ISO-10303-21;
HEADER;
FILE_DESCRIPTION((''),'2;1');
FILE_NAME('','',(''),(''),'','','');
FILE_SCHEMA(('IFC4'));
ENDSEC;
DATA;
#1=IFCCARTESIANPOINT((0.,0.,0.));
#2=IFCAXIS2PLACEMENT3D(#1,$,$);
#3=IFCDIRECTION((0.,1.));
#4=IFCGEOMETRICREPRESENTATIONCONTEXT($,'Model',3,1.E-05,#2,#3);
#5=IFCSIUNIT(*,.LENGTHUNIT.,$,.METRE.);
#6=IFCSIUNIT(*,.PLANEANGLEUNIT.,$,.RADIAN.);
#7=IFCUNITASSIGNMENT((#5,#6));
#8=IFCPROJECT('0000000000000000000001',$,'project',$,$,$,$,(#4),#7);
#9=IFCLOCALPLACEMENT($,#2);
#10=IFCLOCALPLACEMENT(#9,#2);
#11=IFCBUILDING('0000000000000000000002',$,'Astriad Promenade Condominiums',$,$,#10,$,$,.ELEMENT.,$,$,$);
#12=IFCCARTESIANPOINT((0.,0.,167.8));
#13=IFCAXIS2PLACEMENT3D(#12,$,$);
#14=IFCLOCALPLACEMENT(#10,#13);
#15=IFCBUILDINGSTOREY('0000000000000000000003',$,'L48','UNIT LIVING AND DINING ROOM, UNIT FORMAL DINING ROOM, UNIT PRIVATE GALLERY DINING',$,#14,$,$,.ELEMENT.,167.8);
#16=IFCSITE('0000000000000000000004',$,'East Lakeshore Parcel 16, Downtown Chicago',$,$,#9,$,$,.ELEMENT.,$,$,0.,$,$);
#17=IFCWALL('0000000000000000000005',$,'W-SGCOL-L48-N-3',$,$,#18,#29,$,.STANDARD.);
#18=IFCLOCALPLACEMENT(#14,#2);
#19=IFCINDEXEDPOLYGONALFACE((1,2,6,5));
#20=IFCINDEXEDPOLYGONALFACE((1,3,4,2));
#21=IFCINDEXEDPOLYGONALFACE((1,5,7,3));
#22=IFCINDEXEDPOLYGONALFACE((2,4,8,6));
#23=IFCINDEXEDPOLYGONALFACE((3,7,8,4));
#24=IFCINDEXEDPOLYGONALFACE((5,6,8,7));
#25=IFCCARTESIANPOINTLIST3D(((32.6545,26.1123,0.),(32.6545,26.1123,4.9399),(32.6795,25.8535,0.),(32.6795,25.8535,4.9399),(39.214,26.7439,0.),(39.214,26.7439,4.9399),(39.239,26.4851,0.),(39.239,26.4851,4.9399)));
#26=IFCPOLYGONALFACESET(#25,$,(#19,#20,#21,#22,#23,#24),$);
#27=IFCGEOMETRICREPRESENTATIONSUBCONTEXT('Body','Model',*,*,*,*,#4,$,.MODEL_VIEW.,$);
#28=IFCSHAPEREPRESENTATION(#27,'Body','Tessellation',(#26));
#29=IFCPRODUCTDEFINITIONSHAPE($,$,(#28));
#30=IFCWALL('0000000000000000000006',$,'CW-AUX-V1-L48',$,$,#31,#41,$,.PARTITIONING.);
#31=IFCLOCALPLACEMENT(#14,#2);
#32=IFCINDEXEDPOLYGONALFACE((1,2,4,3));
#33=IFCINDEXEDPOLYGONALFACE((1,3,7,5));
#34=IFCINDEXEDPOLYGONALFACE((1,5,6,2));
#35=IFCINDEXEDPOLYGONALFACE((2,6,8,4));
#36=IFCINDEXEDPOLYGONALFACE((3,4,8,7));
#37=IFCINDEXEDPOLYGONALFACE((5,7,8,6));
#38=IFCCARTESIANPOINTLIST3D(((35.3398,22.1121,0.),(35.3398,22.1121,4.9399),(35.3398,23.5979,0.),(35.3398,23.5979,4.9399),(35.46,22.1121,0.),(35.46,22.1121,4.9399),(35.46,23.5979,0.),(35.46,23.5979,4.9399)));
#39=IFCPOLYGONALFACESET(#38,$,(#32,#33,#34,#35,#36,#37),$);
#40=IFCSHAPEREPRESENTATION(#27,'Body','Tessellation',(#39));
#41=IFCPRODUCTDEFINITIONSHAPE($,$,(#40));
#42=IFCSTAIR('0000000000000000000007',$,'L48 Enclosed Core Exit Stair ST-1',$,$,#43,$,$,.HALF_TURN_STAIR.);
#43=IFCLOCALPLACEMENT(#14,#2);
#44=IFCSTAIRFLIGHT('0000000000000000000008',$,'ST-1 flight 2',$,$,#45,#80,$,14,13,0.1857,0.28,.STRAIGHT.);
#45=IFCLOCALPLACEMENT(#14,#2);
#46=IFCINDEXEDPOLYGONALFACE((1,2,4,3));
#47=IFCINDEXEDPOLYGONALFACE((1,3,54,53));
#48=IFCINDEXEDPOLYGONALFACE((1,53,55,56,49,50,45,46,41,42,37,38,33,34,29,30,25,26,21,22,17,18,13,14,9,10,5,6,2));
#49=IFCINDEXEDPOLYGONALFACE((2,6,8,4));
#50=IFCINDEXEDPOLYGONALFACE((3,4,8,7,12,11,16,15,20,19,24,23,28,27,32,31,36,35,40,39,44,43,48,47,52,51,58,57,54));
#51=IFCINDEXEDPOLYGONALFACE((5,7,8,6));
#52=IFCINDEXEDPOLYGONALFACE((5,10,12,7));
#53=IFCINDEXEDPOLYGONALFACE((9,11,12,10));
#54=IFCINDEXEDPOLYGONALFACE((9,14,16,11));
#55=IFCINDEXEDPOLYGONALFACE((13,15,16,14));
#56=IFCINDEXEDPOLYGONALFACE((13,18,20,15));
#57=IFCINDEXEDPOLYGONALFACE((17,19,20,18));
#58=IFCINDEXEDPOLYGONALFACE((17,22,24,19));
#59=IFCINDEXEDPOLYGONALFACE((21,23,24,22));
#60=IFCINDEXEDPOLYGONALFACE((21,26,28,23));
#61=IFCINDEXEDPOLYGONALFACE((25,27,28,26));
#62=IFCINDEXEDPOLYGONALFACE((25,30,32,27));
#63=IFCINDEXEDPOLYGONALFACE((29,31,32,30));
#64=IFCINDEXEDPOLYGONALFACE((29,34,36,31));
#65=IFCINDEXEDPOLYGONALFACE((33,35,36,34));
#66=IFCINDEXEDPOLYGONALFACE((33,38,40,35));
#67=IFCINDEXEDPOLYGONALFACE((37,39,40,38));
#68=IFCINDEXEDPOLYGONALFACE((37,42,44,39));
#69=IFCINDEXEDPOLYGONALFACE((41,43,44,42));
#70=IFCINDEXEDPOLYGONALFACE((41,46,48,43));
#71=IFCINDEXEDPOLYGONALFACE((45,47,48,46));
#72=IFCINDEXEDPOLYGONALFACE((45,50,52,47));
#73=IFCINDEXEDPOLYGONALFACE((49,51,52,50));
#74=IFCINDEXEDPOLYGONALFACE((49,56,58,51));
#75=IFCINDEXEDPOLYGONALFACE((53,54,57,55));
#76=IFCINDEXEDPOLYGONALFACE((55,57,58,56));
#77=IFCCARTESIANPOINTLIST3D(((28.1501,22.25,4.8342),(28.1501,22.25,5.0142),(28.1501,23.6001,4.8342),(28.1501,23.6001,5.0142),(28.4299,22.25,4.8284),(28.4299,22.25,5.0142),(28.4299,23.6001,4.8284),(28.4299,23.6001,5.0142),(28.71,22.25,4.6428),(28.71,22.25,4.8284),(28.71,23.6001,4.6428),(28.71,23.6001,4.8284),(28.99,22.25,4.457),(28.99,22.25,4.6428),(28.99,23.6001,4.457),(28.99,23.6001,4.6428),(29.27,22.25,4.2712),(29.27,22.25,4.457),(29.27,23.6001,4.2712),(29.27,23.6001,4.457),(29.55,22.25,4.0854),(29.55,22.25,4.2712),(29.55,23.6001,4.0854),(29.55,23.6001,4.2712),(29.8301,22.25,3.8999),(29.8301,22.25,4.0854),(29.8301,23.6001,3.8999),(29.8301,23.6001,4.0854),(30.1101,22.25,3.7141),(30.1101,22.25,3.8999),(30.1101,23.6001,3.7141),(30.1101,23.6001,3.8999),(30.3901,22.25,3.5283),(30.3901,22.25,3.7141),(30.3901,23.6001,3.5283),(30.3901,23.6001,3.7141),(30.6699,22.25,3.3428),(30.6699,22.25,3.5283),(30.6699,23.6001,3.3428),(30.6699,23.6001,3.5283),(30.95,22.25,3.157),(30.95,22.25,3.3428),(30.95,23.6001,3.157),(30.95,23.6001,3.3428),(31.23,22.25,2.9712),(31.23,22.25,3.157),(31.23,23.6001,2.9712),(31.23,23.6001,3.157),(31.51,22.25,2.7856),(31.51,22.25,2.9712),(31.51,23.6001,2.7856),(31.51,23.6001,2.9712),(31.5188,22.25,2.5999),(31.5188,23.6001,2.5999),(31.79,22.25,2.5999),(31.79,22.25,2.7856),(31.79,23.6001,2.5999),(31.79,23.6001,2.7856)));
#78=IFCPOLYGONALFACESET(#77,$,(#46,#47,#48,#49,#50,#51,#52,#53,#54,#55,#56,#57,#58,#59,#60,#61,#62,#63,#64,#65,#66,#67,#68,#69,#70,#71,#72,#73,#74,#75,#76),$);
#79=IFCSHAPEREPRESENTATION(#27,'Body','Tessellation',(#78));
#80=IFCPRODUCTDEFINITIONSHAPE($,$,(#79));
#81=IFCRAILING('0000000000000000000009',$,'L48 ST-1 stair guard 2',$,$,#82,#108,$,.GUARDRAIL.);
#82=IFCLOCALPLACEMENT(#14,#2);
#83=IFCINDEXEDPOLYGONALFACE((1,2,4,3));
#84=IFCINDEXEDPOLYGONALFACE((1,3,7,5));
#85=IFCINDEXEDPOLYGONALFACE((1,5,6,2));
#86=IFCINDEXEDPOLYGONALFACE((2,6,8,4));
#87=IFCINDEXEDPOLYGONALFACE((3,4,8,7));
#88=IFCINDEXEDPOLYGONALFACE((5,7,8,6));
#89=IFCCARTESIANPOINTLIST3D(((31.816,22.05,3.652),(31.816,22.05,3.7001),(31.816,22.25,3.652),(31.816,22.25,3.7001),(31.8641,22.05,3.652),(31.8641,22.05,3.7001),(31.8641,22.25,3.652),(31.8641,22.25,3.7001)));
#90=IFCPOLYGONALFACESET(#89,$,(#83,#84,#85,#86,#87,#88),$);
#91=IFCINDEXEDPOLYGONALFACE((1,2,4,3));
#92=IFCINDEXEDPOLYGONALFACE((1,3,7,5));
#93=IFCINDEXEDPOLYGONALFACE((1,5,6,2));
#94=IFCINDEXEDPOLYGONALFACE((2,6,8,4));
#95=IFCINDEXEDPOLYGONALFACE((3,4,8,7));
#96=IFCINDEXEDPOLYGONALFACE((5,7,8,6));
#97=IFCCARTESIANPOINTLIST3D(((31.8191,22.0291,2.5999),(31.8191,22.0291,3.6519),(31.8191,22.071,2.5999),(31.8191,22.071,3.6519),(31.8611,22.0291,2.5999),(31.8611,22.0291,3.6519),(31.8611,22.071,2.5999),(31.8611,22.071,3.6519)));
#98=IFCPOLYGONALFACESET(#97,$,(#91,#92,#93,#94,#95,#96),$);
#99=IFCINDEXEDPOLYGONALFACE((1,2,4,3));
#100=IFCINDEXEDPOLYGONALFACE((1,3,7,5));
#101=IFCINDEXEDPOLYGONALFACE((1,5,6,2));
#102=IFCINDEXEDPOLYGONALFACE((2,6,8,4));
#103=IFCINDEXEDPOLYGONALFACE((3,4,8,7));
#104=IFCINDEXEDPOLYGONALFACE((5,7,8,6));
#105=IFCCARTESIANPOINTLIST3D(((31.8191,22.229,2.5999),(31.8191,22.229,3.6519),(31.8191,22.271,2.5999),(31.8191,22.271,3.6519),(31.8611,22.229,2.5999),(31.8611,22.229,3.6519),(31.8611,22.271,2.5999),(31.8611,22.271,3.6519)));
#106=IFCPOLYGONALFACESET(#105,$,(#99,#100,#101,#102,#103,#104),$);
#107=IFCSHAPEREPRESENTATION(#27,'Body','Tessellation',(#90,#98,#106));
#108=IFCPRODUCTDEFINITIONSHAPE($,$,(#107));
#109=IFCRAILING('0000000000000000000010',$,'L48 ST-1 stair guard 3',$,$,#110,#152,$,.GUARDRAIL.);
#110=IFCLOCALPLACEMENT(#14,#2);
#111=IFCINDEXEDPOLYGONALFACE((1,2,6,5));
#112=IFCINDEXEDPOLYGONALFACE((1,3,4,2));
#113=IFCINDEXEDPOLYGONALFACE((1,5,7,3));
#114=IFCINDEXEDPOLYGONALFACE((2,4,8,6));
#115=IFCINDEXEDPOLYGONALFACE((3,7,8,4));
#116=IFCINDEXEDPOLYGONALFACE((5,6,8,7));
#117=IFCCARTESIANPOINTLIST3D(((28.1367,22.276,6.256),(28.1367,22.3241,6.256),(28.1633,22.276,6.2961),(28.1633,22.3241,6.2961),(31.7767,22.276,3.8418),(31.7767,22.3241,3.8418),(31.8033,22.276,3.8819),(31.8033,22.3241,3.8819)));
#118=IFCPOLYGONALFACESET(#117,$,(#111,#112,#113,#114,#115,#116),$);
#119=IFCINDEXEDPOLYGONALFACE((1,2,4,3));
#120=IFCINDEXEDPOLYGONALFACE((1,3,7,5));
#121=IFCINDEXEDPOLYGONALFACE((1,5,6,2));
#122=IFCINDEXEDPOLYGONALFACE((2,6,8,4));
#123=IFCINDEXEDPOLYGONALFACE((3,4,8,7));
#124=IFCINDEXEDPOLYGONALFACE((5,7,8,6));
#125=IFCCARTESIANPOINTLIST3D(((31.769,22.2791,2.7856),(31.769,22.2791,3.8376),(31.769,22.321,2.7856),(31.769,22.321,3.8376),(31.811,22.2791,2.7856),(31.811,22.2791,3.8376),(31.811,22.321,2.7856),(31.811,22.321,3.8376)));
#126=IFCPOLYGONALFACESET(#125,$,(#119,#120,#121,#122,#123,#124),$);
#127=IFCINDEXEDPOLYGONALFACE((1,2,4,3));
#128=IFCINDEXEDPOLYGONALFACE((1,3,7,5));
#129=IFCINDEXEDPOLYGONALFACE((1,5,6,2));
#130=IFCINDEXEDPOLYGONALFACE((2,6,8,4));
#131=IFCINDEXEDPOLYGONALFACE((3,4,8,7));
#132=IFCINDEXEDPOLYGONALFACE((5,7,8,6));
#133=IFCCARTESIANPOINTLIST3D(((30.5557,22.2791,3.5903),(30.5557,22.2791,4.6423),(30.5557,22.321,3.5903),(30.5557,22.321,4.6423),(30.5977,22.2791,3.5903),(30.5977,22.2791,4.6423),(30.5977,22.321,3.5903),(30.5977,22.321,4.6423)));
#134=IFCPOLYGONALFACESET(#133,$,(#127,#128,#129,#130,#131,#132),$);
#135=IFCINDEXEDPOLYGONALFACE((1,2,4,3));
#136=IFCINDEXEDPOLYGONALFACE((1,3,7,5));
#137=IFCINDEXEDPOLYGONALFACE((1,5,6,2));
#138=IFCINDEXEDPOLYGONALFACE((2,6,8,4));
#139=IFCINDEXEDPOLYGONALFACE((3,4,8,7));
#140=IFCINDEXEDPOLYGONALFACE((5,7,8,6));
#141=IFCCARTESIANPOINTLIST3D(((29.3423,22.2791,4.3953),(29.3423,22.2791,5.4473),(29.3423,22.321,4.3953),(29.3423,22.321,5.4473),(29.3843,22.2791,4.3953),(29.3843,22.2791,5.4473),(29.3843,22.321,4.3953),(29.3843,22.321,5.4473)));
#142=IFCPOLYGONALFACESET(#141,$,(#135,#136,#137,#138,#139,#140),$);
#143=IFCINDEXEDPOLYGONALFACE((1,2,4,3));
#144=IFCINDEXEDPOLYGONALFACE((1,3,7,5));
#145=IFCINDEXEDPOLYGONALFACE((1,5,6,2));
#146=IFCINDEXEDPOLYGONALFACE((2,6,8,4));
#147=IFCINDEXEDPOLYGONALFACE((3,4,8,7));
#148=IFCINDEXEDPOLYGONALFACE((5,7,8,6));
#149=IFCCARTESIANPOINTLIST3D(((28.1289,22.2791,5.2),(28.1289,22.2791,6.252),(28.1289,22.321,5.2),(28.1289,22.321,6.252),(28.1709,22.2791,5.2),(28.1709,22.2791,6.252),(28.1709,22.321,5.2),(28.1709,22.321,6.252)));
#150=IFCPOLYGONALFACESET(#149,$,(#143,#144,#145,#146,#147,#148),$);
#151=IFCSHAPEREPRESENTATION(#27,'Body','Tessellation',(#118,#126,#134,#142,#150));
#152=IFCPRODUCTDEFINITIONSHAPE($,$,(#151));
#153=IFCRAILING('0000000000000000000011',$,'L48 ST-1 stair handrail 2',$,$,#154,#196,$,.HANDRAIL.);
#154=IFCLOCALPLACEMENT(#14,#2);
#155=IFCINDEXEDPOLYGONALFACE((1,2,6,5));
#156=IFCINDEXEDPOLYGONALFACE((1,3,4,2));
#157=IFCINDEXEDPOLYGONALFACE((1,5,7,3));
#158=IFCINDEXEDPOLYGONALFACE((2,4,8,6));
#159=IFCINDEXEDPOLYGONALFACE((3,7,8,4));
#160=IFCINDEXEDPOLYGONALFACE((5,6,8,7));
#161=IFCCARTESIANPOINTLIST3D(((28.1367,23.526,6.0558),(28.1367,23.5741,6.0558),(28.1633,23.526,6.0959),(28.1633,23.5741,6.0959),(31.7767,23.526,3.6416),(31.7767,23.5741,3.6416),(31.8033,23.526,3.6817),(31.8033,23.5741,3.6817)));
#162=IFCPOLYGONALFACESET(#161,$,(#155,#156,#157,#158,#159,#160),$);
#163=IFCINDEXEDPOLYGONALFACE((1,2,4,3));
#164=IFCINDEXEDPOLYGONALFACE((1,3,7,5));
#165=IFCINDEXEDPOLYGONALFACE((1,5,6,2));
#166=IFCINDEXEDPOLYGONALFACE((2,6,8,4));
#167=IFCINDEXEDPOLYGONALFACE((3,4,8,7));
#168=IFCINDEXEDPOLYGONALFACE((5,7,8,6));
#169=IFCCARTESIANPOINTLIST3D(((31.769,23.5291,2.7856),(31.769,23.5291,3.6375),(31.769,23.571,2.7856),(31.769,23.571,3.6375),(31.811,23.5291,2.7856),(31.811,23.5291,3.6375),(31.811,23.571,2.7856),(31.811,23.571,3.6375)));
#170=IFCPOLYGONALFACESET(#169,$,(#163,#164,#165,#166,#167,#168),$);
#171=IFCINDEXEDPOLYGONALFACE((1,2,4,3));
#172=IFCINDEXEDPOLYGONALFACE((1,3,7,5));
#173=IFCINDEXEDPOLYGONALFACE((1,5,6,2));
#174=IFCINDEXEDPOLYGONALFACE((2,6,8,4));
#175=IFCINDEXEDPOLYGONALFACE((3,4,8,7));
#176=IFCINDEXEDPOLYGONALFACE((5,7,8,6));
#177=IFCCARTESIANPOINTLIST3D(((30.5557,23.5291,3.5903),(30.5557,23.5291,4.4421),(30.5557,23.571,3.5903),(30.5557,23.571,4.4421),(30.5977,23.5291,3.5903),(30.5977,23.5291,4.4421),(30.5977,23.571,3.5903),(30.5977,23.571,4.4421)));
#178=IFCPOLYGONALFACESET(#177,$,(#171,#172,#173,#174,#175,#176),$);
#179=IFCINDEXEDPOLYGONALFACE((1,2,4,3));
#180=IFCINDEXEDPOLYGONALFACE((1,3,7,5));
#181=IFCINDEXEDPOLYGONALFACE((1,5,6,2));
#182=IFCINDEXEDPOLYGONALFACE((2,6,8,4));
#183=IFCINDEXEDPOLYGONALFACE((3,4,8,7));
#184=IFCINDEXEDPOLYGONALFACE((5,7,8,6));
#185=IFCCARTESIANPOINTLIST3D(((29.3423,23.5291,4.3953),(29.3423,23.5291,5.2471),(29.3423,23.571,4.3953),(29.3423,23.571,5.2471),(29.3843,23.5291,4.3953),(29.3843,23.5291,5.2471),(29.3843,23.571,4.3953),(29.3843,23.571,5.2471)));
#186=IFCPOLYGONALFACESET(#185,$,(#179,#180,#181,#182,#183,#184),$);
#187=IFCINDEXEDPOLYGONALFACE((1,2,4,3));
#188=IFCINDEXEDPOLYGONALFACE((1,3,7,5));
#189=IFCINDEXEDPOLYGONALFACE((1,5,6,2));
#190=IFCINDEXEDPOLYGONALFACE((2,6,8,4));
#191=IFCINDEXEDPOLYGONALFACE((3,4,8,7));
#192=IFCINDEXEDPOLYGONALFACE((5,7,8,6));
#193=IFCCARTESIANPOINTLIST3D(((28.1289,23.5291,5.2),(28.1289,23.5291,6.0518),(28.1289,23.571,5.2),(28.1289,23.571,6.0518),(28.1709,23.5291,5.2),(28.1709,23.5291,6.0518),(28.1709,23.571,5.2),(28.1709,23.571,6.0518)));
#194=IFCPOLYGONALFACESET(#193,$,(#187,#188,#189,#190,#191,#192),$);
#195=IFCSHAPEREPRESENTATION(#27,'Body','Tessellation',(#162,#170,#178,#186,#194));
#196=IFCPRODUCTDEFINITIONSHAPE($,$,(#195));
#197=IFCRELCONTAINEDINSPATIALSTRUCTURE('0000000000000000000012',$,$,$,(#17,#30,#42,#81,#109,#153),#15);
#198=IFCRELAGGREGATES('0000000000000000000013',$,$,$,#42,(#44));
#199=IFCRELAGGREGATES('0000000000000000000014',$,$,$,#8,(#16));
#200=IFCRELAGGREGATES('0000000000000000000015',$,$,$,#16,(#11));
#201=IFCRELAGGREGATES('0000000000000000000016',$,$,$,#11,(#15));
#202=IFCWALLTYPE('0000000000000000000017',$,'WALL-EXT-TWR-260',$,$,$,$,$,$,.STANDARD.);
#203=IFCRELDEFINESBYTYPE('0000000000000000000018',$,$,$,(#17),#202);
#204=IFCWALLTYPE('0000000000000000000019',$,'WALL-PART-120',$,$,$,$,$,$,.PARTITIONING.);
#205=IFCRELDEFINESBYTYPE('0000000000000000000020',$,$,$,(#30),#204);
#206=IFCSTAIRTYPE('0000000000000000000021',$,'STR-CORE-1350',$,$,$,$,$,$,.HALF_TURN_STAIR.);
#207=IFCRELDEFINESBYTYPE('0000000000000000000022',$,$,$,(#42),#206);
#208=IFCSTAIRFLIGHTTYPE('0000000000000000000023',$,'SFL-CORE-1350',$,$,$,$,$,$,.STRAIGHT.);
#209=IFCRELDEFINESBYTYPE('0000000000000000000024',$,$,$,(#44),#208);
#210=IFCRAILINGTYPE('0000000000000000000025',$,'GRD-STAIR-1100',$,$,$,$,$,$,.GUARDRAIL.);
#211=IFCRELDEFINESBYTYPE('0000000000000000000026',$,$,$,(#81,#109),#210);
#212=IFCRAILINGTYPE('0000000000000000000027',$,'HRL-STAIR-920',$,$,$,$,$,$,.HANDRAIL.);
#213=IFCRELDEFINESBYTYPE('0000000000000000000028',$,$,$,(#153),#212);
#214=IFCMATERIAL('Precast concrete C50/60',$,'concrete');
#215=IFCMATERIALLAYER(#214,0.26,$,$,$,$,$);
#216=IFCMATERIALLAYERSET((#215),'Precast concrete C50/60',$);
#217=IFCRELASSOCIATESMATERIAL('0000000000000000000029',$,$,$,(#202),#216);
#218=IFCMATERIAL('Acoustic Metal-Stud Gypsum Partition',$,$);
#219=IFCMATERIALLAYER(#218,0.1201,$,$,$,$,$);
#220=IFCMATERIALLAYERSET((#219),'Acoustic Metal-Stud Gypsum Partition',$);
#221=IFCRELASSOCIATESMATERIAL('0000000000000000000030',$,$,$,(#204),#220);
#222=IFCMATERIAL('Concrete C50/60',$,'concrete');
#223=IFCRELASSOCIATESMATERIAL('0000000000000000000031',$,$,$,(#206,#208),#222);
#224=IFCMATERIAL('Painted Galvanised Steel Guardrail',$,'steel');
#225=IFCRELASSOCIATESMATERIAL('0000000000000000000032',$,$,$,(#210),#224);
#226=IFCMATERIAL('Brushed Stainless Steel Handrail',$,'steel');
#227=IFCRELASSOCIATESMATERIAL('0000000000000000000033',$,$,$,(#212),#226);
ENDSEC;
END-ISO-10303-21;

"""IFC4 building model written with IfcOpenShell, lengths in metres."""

from ifc_helpers import new_model, si_unit, direction, frame, frame_2d, origin, origin_2d, place, context, subcontext, project, spatial, polyline, rectangle, outline, extrude, source, transform, mapped, material, layer, layer_set, type_object, type_shapes, element, aggregate, save


model = new_model("IFC4")

# Units and contexts
model_context = context("Model", 3, precision=1e-05, world=origin(), true_north=direction((0.0, 1.0)))
body_context = subcontext(model_context, "Body", "Model", "MODEL_VIEW")
ifc_project = project(units=[si_unit("LENGTHUNIT", "METRE"), si_unit("PLANEANGLEUNIT", "RADIAN")], contexts=[model_context])

# Site, building, storey
site_placement = place(None, origin())
site = spatial("IfcSite", under=ifc_project, at=site_placement, Name="East Lakeshore Parcel 16, Downtown Chicago", CompositionType="ELEMENT", RefElevation=0.0)
building_placement = place(site_placement, origin())
building = spatial("IfcBuilding", under=site, at=building_placement, Name="Astriad Promenade Condominiums", CompositionType="ELEMENT")
storey_placement = place(building_placement, frame((0.0, 0.0, 167.8)))
storey = spatial("IfcBuildingStorey", under=building, at=storey_placement, Name="L48", Description="UNIT LIVING AND DINING ROOM, UNIT FORMAL DINING ROOM, UNIT PRIVATE GALLERY DINING", CompositionType="ELEMENT", Elevation=167.8)

# Shared definitions
ifc_material_1 = material(Name="Concrete C50/60", Category="concrete")

# Walls
ifc_material_2 = material(Name="Precast concrete C50/60", Category="concrete")
ifc_layer_1 = layer(ifc_material_2, 0.26)
ifc_layer_set_1 = layer_set([ifc_layer_1], Name="Precast concrete C50/60")
wall_type_1 = type_object("IfcWallType", Name="WALL-EXT-TWR-260", PredefinedType="STANDARD", material=ifc_layer_set_1)
wall_1_placement = place(storey_placement, frame((32.667, 25.9829, 0.0), z_axis=(0.0, 0.0, 1.0), x_axis=(0.995397, 0.095842, 0.0)))
element("IfcWall", 1, at=wall_1_placement, inside=storey, type_object=wall_type_1, Name="W-SGCOL-L48-N-3", PredefinedType="STANDARD", context=body_context, shape_type="SweptSolid", body=[
    extrude(rectangle(XDim=6.5898, YDim=0.26, at=frame_2d((3.2949, 0.0))), origin(), (0.0, 0.0, 1.0), 4.9399),
])
ifc_material_3 = material(Name="Acoustic Metal-Stud Gypsum Partition")
ifc_layer_2 = layer(ifc_material_3, 0.1201)
ifc_layer_set_2 = layer_set([ifc_layer_2], Name="Acoustic Metal-Stud Gypsum Partition")
wall_type_2 = type_object("IfcWallType", Name="WALL-PART-120", PredefinedType="PARTITIONING", material=ifc_layer_set_2)
wall_2_placement = place(storey_placement, frame((35.3999, 22.1121, 0.0), z_axis=(0.0, 0.0, 1.0), x_axis=(0.0, 1.0, 0.0)))
element("IfcWall", 2, at=wall_2_placement, inside=storey, type_object=wall_type_2, Name="CW-AUX-V1-L48", PredefinedType="PARTITIONING", context=body_context, shape_type="SweptSolid", body=[
    extrude(rectangle(XDim=1.4858, YDim=0.1201, at=frame_2d((0.7429, 0.0))), origin(), (0.0, 0.0, 1.0), 4.9399),
])

# Stair, stair flight
stair_type = type_object("IfcStairType", Name="STR-CORE-1350", PredefinedType="HALF_TURN_STAIR", material=ifc_material_1)
stair_placement = place(storey_placement, origin())
stair = element("IfcStair", 3, at=stair_placement, inside=storey, type_object=stair_type, Name="L48 Enclosed Core Exit Stair ST-1", PredefinedType="HALF_TURN_STAIR")
stair_flight_type = type_object("IfcStairFlightType", Name="SFL-CORE-1350", PredefinedType="STRAIGHT", material=ifc_material_1)
shared_shape_1 = source(origin(), body_context, "Body", "SweptSolid", [
    extrude(outline(polyline([(0.0, 0.0), (0.0, 0.1858), (0.28, 0.1858), (0.28, 0.3713), (0.5601, 0.3713), (0.5601, 0.5571), (0.8401, 0.5571), (0.8401, 0.7429), (1.1201, 0.7429), (1.1201, 0.9285), (1.3999, 0.9285), (1.3999, 1.1143), (1.6799, 1.1143), (1.6799, 1.3), (1.96, 1.3), (1.96, 1.4856), (2.24, 1.4856), (2.24, 1.6714), (2.52, 1.6714), (2.52, 1.8572), (2.8, 1.8572), (2.8, 2.043), (3.0801, 2.043), (3.0801, 2.2285), (3.3601, 2.2285), (3.3601, 2.4143), (3.6399, 2.4143), (3.6399, 2.6001), (3.6399, 2.2344), (0.2712, 0.0), (0.0, 0.0)])), frame((0.0, 0.675, 0.0), z_axis=(0.0, -1.0, 0.0), x_axis=(1.0, 0.0, 0.0)), (0.0, 0.0, 1.0), 1.3501),
])
type_shapes(stair_flight_type, [shared_shape_1])
stair_flight_placement = place(storey_placement, frame((31.79, 22.925, 2.5999), z_axis=(0.0, 0.0, 1.0), x_axis=(-1.0, 0.0, 0.0)))
stair_flight = element("IfcStairFlight", 4, at=stair_flight_placement, type_object=stair_flight_type, Name="ST-1 flight 2", NumberOfRisers=14, NumberOfTreads=13, PredefinedType="STRAIGHT", RiserHeight=0.1857, TreadLength=0.28, context=body_context, shape_type="MappedRepresentation", body=[
    mapped(shared_shape_1, transform((0.0, 0.0, 0.0), scale=1.0)),
])
aggregate(stair, [stair_flight])

# Railings
ifc_material_4 = material(Name="Painted Galvanised Steel Guardrail", Category="steel")
railing_type_1 = type_object("IfcRailingType", Name="GRD-STAIR-1100", PredefinedType="GUARDRAIL", material=ifc_material_4)
shared_shape_2 = source(origin(), body_context, "Body", "SweptSolid", [
    extrude(rectangle(XDim=0.0481, YDim=0.0481, at=origin_2d()), frame((0.0, 0.0, 1.0762), z_axis=(0.0, 1.0, 0.0), x_axis=(-1.0, 0.0, 0.0)), (0.0, 0.0, 1.0), 0.2),
    extrude(rectangle(XDim=0.042, YDim=0.042, at=origin_2d()), origin(), (0.0, 0.0, 1.0), 1.052),
    extrude(rectangle(XDim=0.042, YDim=0.042, at=origin_2d()), frame((0.0, 0.2, 0.0)), (0.0, 0.0, 1.0), 1.052),
])
railing_1_placement = place(storey_placement, frame((31.8401, 22.05, 2.5999)))
element("IfcRailing", 5, at=railing_1_placement, inside=storey, type_object=railing_type_1, Name="L48 ST-1 stair guard 2", PredefinedType="GUARDRAIL", context=body_context, shape_type="MappedRepresentation", body=[
    mapped(shared_shape_2, transform((0.0, 0.0, 0.0), scale=1.0)),
])
shared_shape_3 = source(origin(), body_context, "Body", "SweptSolid", [
    extrude(rectangle(XDim=0.0481, YDim=0.0481, at=origin_2d()), frame((0.0, 0.0, 1.0762), z_axis=(-0.833364, 0.0, 0.552725), x_axis=(0.0, -1.0, 0.0)), (0.0, 0.0, 1.0), 4.3679),
    extrude(rectangle(XDim=0.042, YDim=0.042, at=origin_2d()), origin(), (0.0, 0.0, 1.0), 1.052),
    extrude(rectangle(XDim=0.042, YDim=0.042, at=origin_2d()), frame((-1.2134, 0.0, 0.8047)), (0.0, 0.0, 1.0), 1.052),
    extrude(rectangle(XDim=0.042, YDim=0.042, at=origin_2d()), frame((-2.4268, 0.0, 1.6096)), (0.0, 0.0, 1.0), 1.052),
    extrude(rectangle(XDim=0.042, YDim=0.042, at=origin_2d()), frame((-3.6401, 0.0, 2.4143)), (0.0, 0.0, 1.0), 1.052),
])
type_shapes(railing_type_1, [shared_shape_2, shared_shape_3])
railing_2_placement = place(storey_placement, frame((31.79, 22.3, 2.7856)))
element("IfcRailing", 6, at=railing_2_placement, inside=storey, type_object=railing_type_1, Name="L48 ST-1 stair guard 3", PredefinedType="GUARDRAIL", context=body_context, shape_type="MappedRepresentation", body=[
    mapped(shared_shape_3, transform((0.0, 0.0, 0.0), scale=1.0)),
])
ifc_material_5 = material(Name="Brushed Stainless Steel Handrail", Category="steel")
railing_type_2 = type_object("IfcRailingType", Name="HRL-STAIR-920", PredefinedType="HANDRAIL", material=ifc_material_5)
shared_shape_4 = source(origin(), body_context, "Body", "SweptSolid", [
    extrude(rectangle(XDim=0.0481, YDim=0.0481, at=origin_2d()), frame((0.0, 0.0, 0.876), z_axis=(-0.833364, 0.0, 0.552725), x_axis=(0.0, -1.0, 0.0)), (0.0, 0.0, 1.0), 4.3679),
    extrude(rectangle(XDim=0.042, YDim=0.042, at=origin_2d()), origin(), (0.0, 0.0, 1.0), 0.8518),
    extrude(rectangle(XDim=0.042, YDim=0.042, at=origin_2d()), frame((-1.2134, 0.0, 0.8047)), (0.0, 0.0, 1.0), 0.8518),
    extrude(rectangle(XDim=0.042, YDim=0.042, at=origin_2d()), frame((-2.4268, 0.0, 1.6096)), (0.0, 0.0, 1.0), 0.8518),
    extrude(rectangle(XDim=0.042, YDim=0.042, at=origin_2d()), frame((-3.6401, 0.0, 2.4143)), (0.0, 0.0, 1.0), 0.8518),
])
type_shapes(railing_type_2, [shared_shape_4])
railing_3_placement = place(storey_placement, frame((31.79, 23.55, 2.7856)))
element("IfcRailing", 7, at=railing_3_placement, inside=storey, type_object=railing_type_2, Name="L48 ST-1 stair handrail 2", PredefinedType="HANDRAIL", context=body_context, shape_type="MappedRepresentation", body=[
    mapped(shared_shape_4, transform((0.0, 0.0, 0.0), scale=1.0)),
])

save(model, "model.ifc")
